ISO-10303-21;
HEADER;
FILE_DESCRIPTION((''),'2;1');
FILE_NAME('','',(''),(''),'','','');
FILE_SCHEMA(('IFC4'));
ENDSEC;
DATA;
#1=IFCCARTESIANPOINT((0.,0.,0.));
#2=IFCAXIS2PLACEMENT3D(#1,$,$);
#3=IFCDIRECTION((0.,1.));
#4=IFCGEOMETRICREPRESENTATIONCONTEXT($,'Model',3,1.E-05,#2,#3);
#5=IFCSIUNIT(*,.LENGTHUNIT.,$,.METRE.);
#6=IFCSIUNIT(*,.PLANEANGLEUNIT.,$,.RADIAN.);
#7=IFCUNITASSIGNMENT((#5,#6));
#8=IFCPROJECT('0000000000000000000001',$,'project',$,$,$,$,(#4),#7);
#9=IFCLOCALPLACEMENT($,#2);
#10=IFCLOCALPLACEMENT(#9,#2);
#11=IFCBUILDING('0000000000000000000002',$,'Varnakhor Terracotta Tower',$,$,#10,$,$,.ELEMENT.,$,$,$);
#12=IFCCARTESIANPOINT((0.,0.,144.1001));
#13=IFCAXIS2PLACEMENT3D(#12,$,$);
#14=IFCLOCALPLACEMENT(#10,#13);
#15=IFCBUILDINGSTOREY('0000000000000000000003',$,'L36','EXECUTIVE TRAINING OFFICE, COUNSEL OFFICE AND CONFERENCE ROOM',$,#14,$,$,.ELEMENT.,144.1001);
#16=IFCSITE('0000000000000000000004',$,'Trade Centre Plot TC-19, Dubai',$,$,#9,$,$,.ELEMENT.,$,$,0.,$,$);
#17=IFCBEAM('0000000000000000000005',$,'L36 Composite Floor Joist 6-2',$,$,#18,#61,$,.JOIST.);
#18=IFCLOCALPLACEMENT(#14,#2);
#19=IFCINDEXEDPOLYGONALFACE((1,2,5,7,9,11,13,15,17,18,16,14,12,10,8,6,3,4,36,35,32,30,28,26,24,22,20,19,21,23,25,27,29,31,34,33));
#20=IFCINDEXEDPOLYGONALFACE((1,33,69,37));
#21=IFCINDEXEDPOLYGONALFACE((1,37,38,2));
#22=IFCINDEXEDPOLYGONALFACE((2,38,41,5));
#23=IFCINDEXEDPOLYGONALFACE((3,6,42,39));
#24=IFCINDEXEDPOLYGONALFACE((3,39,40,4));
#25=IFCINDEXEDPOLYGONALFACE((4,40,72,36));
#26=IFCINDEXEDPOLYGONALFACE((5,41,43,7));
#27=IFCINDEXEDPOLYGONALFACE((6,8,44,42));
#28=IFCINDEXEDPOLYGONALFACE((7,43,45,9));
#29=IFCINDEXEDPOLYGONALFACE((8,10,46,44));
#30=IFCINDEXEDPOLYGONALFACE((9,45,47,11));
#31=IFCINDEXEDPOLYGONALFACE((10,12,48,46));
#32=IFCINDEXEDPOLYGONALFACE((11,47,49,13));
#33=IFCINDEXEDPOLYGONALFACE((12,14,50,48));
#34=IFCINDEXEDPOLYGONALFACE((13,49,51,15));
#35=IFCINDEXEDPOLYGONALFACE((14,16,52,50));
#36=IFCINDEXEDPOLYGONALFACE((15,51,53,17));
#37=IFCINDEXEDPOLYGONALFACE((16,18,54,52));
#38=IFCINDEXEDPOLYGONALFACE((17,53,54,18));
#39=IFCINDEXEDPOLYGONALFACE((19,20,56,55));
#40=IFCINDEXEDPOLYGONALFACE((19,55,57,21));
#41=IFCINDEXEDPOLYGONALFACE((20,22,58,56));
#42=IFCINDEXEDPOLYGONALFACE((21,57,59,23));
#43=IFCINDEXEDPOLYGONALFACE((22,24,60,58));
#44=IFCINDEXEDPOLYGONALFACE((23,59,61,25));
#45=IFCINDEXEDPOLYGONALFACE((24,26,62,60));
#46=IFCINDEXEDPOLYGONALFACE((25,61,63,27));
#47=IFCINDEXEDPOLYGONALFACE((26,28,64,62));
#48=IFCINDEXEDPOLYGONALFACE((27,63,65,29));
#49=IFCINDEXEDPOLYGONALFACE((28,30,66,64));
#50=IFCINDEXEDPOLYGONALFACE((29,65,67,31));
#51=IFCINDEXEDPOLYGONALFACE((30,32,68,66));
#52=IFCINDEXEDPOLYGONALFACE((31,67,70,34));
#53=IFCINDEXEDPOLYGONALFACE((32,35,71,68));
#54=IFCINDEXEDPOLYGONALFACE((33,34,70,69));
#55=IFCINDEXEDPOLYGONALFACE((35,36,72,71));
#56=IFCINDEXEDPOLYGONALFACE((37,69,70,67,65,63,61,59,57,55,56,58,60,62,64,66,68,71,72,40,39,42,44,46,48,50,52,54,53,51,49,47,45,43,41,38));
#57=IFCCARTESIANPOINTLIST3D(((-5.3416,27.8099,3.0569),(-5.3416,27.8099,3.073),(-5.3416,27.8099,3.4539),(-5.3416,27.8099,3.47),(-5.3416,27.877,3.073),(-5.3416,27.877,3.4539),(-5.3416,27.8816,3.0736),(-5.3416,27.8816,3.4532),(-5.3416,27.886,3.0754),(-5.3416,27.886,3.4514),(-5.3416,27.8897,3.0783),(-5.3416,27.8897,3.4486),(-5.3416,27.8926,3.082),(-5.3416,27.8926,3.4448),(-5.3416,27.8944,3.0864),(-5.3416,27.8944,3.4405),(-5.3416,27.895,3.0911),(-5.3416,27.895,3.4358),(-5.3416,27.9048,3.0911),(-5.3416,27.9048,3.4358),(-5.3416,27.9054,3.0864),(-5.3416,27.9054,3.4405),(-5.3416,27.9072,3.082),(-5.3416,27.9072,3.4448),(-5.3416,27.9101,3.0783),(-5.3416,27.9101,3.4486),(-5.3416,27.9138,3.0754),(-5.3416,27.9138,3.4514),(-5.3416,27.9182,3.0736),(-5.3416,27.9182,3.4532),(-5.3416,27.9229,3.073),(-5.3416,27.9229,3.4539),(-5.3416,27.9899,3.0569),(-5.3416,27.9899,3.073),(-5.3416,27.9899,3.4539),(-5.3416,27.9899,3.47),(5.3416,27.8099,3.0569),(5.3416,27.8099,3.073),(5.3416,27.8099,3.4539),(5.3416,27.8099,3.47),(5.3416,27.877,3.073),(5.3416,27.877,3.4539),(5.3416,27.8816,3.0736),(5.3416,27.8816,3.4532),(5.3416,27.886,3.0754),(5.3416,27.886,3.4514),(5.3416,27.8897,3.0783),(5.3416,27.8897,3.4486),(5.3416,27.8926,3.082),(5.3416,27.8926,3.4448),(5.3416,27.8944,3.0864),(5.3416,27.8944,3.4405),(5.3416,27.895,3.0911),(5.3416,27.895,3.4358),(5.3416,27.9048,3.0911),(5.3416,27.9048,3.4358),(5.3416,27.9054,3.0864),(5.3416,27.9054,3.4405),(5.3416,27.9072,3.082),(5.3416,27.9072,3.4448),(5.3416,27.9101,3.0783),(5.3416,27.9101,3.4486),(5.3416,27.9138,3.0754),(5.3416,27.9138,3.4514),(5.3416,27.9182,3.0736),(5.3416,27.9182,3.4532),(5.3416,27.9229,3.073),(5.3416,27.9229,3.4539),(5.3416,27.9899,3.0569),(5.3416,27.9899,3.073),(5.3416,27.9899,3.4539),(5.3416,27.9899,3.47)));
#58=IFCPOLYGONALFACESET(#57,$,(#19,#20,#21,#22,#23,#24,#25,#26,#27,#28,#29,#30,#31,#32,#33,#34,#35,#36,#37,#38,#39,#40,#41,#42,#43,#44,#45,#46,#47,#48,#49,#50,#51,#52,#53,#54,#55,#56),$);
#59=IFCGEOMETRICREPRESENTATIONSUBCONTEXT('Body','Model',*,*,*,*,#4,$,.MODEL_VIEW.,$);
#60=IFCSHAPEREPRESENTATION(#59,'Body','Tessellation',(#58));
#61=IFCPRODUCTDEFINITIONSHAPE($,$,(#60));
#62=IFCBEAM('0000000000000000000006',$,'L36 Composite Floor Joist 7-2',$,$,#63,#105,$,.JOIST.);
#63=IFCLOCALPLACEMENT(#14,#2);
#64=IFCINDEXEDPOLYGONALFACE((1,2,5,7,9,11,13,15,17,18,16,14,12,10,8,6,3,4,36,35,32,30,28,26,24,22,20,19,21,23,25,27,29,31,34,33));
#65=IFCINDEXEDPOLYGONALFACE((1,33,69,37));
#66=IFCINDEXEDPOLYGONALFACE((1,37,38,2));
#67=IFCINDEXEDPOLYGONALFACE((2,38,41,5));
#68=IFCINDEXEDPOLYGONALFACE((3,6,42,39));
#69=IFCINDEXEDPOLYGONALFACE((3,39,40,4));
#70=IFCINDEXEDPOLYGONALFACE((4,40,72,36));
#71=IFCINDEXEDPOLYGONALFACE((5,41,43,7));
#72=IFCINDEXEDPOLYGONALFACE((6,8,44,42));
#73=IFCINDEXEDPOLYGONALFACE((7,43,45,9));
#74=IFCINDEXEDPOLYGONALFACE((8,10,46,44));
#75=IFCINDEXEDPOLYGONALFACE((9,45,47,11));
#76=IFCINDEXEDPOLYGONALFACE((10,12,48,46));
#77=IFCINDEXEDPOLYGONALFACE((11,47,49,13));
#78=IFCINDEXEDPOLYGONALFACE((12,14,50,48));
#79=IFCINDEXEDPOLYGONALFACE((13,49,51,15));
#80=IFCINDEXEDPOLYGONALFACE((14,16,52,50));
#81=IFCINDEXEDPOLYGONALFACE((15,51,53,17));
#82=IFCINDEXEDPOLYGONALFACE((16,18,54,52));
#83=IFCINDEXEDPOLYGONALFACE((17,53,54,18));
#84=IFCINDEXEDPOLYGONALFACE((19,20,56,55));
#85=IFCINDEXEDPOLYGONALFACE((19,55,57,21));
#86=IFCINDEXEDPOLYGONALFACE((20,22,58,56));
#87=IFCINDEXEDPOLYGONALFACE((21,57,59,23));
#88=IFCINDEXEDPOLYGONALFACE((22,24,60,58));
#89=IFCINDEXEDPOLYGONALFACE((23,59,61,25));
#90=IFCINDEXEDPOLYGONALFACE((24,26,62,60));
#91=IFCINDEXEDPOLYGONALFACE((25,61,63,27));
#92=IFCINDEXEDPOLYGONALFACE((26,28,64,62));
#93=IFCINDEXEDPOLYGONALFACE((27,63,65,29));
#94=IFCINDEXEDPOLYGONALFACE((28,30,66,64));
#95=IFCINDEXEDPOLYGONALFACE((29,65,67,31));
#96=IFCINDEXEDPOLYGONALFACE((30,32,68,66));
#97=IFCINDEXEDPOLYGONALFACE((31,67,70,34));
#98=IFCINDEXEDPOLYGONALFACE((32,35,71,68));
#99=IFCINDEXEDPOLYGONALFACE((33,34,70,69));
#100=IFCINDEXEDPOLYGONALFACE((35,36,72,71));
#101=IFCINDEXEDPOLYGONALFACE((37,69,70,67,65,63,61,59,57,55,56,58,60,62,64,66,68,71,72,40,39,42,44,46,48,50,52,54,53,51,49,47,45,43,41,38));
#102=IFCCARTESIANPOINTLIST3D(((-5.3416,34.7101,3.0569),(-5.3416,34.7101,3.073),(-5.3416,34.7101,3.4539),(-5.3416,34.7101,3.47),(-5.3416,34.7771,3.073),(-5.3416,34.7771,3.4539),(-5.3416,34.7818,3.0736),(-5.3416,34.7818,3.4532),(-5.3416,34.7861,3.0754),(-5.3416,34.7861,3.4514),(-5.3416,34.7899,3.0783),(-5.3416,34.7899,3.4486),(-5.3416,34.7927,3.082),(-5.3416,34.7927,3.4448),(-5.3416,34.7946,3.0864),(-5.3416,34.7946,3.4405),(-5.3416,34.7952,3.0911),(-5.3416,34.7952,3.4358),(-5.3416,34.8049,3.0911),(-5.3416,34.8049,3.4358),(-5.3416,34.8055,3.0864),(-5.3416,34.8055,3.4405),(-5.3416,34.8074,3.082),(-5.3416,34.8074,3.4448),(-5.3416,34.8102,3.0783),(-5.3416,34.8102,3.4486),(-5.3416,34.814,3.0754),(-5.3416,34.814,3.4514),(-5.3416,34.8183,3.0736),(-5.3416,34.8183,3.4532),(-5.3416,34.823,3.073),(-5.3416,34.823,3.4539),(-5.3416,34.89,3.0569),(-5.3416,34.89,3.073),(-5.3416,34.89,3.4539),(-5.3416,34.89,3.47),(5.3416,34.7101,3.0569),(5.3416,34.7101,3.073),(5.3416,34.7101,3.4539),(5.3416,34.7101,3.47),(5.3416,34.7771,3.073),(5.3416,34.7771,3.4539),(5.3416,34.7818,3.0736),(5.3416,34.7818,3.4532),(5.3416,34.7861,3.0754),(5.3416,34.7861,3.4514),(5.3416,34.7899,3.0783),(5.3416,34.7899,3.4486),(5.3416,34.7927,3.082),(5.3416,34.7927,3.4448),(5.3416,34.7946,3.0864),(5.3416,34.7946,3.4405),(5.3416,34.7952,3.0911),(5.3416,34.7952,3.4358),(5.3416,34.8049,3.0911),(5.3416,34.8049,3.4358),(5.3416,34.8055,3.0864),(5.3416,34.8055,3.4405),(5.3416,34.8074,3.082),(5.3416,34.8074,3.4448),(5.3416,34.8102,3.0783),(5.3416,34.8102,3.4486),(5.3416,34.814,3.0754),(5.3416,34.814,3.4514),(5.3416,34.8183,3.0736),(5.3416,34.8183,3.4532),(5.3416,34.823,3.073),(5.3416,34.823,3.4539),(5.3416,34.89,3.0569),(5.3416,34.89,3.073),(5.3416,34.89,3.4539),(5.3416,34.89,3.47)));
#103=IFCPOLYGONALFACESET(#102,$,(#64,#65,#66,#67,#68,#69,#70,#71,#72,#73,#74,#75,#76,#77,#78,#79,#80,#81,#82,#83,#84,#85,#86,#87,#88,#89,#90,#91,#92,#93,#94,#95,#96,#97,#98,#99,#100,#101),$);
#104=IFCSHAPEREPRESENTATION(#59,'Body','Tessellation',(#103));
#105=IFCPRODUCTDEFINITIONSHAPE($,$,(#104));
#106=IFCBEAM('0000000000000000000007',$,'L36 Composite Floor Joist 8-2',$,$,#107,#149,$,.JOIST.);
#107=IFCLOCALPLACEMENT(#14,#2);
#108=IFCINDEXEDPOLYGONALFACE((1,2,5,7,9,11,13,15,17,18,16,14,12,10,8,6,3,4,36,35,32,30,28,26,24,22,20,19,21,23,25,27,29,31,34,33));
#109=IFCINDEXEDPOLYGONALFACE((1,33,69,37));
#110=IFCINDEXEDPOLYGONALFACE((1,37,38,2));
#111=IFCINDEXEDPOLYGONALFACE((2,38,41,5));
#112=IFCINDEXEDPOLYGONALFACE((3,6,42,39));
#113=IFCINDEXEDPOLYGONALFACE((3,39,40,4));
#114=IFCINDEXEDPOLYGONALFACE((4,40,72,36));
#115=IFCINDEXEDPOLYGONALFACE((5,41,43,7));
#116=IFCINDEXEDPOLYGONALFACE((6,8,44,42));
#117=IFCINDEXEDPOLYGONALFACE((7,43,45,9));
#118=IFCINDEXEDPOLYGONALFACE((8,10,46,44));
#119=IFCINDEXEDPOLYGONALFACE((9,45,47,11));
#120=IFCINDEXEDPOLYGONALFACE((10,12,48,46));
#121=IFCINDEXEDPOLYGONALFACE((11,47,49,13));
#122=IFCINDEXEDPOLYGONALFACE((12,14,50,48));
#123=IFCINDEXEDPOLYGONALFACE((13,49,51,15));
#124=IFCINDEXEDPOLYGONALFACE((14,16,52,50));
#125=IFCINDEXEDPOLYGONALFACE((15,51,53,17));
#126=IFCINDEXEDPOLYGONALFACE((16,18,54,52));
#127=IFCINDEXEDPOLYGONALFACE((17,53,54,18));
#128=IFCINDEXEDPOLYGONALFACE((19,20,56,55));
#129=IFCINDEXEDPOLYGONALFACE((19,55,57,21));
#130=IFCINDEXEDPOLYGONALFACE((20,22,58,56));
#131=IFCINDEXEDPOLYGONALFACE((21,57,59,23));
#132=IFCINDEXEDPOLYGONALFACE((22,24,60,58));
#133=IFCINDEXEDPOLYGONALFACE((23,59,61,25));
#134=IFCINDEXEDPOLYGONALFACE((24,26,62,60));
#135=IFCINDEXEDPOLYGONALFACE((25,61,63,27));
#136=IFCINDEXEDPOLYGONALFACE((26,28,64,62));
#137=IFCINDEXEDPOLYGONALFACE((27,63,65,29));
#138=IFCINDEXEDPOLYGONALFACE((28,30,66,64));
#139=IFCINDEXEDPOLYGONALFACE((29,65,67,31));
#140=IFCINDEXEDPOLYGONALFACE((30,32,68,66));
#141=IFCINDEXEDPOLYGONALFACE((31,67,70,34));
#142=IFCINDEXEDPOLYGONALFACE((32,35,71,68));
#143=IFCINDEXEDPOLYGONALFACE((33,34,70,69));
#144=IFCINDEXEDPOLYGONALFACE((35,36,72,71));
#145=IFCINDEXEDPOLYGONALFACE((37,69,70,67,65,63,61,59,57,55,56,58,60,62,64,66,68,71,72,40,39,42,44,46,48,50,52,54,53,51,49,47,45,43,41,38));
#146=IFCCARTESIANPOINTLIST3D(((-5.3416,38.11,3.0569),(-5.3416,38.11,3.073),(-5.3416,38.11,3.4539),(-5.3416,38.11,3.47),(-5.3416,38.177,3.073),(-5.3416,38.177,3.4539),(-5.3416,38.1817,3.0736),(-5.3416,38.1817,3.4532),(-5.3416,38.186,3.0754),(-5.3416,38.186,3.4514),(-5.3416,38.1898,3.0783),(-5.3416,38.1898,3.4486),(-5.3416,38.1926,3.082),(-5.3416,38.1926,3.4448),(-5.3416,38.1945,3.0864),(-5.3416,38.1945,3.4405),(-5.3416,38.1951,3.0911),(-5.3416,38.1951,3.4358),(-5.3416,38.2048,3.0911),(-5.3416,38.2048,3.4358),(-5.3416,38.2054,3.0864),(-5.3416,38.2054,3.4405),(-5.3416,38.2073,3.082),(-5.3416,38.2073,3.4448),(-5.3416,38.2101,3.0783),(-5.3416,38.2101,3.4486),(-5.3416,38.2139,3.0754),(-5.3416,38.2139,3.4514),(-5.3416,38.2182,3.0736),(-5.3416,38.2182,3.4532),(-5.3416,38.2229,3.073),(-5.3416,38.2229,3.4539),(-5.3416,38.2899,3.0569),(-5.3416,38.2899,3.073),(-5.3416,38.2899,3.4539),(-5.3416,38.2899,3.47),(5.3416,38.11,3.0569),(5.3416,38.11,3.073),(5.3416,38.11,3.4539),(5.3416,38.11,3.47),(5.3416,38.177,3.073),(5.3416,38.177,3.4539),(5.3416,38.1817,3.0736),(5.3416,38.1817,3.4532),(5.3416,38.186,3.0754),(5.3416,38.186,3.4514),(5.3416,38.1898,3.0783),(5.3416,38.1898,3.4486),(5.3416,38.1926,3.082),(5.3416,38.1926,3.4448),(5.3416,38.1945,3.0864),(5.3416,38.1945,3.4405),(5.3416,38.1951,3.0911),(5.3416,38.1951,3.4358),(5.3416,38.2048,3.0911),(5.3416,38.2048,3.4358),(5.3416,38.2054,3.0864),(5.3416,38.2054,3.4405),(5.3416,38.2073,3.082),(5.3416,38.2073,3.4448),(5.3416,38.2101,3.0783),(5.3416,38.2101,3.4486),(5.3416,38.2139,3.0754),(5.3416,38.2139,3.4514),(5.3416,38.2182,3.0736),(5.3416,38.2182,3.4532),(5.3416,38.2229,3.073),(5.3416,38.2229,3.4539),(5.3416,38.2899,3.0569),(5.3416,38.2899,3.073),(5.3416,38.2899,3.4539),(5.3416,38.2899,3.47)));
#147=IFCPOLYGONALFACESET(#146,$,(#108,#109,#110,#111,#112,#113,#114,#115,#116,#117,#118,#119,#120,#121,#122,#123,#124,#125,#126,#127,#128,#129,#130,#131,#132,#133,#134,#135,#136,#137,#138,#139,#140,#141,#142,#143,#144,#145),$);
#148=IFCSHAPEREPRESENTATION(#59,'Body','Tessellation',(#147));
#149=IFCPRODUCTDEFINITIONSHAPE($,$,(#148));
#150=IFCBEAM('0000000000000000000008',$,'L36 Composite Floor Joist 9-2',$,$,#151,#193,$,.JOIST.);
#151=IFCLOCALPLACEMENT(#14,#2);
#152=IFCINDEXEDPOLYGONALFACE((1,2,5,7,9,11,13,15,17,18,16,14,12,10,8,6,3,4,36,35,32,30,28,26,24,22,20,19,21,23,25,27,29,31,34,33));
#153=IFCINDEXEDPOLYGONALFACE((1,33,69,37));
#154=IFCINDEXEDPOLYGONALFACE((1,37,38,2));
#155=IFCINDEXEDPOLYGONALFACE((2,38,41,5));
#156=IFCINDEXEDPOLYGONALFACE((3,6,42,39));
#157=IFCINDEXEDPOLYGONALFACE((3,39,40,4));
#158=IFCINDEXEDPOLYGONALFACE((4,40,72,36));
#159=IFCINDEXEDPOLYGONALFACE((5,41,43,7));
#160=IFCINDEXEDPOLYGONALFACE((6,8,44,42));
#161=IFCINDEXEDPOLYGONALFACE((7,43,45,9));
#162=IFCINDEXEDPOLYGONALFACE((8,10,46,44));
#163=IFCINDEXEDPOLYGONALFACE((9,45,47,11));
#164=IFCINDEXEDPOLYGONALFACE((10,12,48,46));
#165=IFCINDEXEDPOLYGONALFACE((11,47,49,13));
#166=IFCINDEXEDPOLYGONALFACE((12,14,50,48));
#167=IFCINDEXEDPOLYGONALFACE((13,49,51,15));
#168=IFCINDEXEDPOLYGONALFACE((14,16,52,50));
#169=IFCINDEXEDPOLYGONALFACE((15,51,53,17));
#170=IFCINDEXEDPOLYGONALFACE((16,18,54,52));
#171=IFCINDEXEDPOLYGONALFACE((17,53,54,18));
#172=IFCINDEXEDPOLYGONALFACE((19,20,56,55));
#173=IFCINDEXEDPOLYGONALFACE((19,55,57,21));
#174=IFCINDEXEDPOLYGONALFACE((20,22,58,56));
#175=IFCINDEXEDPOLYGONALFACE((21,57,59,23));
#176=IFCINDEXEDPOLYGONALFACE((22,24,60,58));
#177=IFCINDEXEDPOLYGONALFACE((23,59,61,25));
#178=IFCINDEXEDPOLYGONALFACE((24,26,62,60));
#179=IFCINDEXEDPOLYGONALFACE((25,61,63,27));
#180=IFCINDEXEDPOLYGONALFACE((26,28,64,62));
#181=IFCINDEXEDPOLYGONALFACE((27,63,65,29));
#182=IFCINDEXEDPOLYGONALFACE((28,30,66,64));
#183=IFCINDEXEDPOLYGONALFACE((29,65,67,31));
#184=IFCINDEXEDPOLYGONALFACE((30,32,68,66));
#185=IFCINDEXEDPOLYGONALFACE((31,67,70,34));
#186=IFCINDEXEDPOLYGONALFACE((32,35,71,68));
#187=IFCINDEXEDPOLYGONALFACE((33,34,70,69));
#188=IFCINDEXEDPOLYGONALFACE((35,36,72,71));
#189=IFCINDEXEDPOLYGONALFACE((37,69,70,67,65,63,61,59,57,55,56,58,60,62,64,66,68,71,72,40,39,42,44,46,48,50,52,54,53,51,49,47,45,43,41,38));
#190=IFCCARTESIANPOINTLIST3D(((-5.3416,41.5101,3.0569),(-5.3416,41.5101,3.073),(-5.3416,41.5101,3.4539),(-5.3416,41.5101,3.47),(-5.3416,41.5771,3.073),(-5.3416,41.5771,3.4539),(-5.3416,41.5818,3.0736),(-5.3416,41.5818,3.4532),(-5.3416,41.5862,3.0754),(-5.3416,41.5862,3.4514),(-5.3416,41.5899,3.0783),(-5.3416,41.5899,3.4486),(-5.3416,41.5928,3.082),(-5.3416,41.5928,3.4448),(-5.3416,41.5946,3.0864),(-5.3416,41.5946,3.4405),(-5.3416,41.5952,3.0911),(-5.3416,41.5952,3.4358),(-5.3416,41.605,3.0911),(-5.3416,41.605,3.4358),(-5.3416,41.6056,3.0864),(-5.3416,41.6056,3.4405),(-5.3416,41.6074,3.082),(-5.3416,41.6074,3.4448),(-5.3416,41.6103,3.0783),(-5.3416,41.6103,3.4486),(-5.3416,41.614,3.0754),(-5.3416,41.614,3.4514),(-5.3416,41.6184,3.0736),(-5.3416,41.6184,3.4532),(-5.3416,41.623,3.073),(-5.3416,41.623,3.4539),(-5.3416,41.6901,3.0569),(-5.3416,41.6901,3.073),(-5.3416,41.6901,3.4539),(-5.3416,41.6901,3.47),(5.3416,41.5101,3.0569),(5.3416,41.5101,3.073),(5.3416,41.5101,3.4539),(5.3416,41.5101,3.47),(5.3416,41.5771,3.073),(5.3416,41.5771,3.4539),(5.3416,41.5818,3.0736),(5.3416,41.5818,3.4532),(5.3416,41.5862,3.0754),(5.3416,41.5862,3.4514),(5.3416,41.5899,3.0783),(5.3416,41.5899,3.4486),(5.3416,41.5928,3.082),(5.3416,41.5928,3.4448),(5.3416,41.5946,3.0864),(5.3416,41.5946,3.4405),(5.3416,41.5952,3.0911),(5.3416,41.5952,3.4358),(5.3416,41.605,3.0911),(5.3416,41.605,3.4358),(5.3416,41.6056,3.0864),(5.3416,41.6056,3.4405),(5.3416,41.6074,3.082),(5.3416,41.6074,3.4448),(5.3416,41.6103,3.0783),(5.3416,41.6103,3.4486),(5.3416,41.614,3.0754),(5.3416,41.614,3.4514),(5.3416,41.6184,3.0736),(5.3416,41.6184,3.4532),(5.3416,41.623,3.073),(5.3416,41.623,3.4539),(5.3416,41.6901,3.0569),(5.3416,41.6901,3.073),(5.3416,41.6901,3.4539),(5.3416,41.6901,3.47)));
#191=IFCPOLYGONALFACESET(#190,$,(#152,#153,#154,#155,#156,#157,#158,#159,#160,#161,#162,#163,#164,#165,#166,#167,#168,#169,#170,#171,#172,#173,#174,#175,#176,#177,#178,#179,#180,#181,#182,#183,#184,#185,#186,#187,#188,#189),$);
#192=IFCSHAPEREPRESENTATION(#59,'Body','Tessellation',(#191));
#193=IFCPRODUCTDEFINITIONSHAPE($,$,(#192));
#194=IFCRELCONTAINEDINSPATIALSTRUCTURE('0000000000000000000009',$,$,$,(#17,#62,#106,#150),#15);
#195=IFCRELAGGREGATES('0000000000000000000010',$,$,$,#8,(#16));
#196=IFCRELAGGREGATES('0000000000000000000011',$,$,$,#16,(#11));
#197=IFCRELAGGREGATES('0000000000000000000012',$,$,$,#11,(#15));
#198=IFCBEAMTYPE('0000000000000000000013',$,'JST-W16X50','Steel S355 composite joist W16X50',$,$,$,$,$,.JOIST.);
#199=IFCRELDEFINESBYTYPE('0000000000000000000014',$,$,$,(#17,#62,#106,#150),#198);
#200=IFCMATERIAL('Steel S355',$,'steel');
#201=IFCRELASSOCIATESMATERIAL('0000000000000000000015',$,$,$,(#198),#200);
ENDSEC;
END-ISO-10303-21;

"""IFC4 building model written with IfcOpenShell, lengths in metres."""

from ifc_helpers import new_model, si_unit, direction, frame, origin, origin_2d, place, context, subcontext, project, spatial, i_section, extrude, source, transform, mapped, material, material_profile, profile_set, type_object, element, save


model = new_model("IFC4")

# Units and contexts
model_context = context("Model", 3, precision=1e-05, world=origin(), true_north=direction((0.0, 1.0)))
body_context = subcontext(model_context, "Body", "Model", "MODEL_VIEW")
ifc_project = project(units=[si_unit("LENGTHUNIT", "METRE"), si_unit("PLANEANGLEUNIT", "RADIAN")], contexts=[model_context])

# Site, building, storey
site_placement = place(None, origin())
site = spatial("IfcSite", under=ifc_project, at=site_placement, Name="Trade Centre Plot TC-19, Dubai", CompositionType="ELEMENT", RefElevation=0.0)
building_placement = place(site_placement, origin())
building = spatial("IfcBuilding", under=site, at=building_placement, Name="Varnakhor Terracotta Tower", CompositionType="ELEMENT")
storey_placement = place(building_placement, frame((0.0, 0.0, 144.1001)))
storey = spatial("IfcBuildingStorey", under=building, at=storey_placement, Name="L36", Description="EXECUTIVE TRAINING OFFICE, COUNSEL OFFICE AND CONFERENCE ROOM", CompositionType="ELEMENT", Elevation=144.1001)

# Beams
ifc_material_1 = material(Name="Steel S355", Category="steel")
ifc_material_profile_1 = material_profile(ifc_material_1, i_section(OverallWidth=0.1799, OverallDepth=0.4131, WebThickness=0.0098, FlangeThickness=0.0161, FilletRadius=0.0181, at=origin_2d()), Name="W16X50")
ifc_profile_set_1 = profile_set([ifc_material_profile_1], Name="Steel S355")
beam_type_1 = type_object("IfcBeamType", Name="JST-W16X50", Description="Steel S355 composite joist W16X50", PredefinedType="JOIST", material=ifc_profile_set_1)
shared_shape_1 = source(origin(), body_context, "Body", "SweptSolid", [
    extrude(i_section(OverallWidth=0.1799, OverallDepth=0.4131, WebThickness=0.0098, FlangeThickness=0.0161, FilletRadius=0.0181, at=origin_2d()), origin(), (0.0, 0.0, 1.0), 10.6831),
])
for number, where, z_axis, x_axis, name in (
    (1, (-5.3416, 27.8999, 3.2634), (1.0, 0.0, 0.0), (0.0, 1.0, 0.0), "L36 Composite Floor Joist 6-2"),
    (2, (-5.3416, 34.8, 3.2634), (1.0, 0.0, 0.0), (0.0, 1.0, 0.0), "L36 Composite Floor Joist 7-2"),
    (3, (-5.3416, 38.2, 3.2634), (1.0, 0.0, 0.0), (0.0, 1.0, 0.0), "L36 Composite Floor Joist 8-2"),
    (4, (-5.3416, 41.6001, 3.2634), (1.0, 0.0, 0.0), (0.0, 1.0, 0.0), "L36 Composite Floor Joist 9-2"),
):
    element("IfcBeam", number, at=place(storey_placement, frame(where, z_axis=z_axis, x_axis=x_axis)), inside=storey, type_object=beam_type_1, Name=name, PredefinedType="JOIST", context=body_context, shape_type="MappedRepresentation", body=[
        mapped(shared_shape_1, transform((0.0, 0.0, 0.0), scale=1.0)),
    ])

save(model, "model.ifc")
